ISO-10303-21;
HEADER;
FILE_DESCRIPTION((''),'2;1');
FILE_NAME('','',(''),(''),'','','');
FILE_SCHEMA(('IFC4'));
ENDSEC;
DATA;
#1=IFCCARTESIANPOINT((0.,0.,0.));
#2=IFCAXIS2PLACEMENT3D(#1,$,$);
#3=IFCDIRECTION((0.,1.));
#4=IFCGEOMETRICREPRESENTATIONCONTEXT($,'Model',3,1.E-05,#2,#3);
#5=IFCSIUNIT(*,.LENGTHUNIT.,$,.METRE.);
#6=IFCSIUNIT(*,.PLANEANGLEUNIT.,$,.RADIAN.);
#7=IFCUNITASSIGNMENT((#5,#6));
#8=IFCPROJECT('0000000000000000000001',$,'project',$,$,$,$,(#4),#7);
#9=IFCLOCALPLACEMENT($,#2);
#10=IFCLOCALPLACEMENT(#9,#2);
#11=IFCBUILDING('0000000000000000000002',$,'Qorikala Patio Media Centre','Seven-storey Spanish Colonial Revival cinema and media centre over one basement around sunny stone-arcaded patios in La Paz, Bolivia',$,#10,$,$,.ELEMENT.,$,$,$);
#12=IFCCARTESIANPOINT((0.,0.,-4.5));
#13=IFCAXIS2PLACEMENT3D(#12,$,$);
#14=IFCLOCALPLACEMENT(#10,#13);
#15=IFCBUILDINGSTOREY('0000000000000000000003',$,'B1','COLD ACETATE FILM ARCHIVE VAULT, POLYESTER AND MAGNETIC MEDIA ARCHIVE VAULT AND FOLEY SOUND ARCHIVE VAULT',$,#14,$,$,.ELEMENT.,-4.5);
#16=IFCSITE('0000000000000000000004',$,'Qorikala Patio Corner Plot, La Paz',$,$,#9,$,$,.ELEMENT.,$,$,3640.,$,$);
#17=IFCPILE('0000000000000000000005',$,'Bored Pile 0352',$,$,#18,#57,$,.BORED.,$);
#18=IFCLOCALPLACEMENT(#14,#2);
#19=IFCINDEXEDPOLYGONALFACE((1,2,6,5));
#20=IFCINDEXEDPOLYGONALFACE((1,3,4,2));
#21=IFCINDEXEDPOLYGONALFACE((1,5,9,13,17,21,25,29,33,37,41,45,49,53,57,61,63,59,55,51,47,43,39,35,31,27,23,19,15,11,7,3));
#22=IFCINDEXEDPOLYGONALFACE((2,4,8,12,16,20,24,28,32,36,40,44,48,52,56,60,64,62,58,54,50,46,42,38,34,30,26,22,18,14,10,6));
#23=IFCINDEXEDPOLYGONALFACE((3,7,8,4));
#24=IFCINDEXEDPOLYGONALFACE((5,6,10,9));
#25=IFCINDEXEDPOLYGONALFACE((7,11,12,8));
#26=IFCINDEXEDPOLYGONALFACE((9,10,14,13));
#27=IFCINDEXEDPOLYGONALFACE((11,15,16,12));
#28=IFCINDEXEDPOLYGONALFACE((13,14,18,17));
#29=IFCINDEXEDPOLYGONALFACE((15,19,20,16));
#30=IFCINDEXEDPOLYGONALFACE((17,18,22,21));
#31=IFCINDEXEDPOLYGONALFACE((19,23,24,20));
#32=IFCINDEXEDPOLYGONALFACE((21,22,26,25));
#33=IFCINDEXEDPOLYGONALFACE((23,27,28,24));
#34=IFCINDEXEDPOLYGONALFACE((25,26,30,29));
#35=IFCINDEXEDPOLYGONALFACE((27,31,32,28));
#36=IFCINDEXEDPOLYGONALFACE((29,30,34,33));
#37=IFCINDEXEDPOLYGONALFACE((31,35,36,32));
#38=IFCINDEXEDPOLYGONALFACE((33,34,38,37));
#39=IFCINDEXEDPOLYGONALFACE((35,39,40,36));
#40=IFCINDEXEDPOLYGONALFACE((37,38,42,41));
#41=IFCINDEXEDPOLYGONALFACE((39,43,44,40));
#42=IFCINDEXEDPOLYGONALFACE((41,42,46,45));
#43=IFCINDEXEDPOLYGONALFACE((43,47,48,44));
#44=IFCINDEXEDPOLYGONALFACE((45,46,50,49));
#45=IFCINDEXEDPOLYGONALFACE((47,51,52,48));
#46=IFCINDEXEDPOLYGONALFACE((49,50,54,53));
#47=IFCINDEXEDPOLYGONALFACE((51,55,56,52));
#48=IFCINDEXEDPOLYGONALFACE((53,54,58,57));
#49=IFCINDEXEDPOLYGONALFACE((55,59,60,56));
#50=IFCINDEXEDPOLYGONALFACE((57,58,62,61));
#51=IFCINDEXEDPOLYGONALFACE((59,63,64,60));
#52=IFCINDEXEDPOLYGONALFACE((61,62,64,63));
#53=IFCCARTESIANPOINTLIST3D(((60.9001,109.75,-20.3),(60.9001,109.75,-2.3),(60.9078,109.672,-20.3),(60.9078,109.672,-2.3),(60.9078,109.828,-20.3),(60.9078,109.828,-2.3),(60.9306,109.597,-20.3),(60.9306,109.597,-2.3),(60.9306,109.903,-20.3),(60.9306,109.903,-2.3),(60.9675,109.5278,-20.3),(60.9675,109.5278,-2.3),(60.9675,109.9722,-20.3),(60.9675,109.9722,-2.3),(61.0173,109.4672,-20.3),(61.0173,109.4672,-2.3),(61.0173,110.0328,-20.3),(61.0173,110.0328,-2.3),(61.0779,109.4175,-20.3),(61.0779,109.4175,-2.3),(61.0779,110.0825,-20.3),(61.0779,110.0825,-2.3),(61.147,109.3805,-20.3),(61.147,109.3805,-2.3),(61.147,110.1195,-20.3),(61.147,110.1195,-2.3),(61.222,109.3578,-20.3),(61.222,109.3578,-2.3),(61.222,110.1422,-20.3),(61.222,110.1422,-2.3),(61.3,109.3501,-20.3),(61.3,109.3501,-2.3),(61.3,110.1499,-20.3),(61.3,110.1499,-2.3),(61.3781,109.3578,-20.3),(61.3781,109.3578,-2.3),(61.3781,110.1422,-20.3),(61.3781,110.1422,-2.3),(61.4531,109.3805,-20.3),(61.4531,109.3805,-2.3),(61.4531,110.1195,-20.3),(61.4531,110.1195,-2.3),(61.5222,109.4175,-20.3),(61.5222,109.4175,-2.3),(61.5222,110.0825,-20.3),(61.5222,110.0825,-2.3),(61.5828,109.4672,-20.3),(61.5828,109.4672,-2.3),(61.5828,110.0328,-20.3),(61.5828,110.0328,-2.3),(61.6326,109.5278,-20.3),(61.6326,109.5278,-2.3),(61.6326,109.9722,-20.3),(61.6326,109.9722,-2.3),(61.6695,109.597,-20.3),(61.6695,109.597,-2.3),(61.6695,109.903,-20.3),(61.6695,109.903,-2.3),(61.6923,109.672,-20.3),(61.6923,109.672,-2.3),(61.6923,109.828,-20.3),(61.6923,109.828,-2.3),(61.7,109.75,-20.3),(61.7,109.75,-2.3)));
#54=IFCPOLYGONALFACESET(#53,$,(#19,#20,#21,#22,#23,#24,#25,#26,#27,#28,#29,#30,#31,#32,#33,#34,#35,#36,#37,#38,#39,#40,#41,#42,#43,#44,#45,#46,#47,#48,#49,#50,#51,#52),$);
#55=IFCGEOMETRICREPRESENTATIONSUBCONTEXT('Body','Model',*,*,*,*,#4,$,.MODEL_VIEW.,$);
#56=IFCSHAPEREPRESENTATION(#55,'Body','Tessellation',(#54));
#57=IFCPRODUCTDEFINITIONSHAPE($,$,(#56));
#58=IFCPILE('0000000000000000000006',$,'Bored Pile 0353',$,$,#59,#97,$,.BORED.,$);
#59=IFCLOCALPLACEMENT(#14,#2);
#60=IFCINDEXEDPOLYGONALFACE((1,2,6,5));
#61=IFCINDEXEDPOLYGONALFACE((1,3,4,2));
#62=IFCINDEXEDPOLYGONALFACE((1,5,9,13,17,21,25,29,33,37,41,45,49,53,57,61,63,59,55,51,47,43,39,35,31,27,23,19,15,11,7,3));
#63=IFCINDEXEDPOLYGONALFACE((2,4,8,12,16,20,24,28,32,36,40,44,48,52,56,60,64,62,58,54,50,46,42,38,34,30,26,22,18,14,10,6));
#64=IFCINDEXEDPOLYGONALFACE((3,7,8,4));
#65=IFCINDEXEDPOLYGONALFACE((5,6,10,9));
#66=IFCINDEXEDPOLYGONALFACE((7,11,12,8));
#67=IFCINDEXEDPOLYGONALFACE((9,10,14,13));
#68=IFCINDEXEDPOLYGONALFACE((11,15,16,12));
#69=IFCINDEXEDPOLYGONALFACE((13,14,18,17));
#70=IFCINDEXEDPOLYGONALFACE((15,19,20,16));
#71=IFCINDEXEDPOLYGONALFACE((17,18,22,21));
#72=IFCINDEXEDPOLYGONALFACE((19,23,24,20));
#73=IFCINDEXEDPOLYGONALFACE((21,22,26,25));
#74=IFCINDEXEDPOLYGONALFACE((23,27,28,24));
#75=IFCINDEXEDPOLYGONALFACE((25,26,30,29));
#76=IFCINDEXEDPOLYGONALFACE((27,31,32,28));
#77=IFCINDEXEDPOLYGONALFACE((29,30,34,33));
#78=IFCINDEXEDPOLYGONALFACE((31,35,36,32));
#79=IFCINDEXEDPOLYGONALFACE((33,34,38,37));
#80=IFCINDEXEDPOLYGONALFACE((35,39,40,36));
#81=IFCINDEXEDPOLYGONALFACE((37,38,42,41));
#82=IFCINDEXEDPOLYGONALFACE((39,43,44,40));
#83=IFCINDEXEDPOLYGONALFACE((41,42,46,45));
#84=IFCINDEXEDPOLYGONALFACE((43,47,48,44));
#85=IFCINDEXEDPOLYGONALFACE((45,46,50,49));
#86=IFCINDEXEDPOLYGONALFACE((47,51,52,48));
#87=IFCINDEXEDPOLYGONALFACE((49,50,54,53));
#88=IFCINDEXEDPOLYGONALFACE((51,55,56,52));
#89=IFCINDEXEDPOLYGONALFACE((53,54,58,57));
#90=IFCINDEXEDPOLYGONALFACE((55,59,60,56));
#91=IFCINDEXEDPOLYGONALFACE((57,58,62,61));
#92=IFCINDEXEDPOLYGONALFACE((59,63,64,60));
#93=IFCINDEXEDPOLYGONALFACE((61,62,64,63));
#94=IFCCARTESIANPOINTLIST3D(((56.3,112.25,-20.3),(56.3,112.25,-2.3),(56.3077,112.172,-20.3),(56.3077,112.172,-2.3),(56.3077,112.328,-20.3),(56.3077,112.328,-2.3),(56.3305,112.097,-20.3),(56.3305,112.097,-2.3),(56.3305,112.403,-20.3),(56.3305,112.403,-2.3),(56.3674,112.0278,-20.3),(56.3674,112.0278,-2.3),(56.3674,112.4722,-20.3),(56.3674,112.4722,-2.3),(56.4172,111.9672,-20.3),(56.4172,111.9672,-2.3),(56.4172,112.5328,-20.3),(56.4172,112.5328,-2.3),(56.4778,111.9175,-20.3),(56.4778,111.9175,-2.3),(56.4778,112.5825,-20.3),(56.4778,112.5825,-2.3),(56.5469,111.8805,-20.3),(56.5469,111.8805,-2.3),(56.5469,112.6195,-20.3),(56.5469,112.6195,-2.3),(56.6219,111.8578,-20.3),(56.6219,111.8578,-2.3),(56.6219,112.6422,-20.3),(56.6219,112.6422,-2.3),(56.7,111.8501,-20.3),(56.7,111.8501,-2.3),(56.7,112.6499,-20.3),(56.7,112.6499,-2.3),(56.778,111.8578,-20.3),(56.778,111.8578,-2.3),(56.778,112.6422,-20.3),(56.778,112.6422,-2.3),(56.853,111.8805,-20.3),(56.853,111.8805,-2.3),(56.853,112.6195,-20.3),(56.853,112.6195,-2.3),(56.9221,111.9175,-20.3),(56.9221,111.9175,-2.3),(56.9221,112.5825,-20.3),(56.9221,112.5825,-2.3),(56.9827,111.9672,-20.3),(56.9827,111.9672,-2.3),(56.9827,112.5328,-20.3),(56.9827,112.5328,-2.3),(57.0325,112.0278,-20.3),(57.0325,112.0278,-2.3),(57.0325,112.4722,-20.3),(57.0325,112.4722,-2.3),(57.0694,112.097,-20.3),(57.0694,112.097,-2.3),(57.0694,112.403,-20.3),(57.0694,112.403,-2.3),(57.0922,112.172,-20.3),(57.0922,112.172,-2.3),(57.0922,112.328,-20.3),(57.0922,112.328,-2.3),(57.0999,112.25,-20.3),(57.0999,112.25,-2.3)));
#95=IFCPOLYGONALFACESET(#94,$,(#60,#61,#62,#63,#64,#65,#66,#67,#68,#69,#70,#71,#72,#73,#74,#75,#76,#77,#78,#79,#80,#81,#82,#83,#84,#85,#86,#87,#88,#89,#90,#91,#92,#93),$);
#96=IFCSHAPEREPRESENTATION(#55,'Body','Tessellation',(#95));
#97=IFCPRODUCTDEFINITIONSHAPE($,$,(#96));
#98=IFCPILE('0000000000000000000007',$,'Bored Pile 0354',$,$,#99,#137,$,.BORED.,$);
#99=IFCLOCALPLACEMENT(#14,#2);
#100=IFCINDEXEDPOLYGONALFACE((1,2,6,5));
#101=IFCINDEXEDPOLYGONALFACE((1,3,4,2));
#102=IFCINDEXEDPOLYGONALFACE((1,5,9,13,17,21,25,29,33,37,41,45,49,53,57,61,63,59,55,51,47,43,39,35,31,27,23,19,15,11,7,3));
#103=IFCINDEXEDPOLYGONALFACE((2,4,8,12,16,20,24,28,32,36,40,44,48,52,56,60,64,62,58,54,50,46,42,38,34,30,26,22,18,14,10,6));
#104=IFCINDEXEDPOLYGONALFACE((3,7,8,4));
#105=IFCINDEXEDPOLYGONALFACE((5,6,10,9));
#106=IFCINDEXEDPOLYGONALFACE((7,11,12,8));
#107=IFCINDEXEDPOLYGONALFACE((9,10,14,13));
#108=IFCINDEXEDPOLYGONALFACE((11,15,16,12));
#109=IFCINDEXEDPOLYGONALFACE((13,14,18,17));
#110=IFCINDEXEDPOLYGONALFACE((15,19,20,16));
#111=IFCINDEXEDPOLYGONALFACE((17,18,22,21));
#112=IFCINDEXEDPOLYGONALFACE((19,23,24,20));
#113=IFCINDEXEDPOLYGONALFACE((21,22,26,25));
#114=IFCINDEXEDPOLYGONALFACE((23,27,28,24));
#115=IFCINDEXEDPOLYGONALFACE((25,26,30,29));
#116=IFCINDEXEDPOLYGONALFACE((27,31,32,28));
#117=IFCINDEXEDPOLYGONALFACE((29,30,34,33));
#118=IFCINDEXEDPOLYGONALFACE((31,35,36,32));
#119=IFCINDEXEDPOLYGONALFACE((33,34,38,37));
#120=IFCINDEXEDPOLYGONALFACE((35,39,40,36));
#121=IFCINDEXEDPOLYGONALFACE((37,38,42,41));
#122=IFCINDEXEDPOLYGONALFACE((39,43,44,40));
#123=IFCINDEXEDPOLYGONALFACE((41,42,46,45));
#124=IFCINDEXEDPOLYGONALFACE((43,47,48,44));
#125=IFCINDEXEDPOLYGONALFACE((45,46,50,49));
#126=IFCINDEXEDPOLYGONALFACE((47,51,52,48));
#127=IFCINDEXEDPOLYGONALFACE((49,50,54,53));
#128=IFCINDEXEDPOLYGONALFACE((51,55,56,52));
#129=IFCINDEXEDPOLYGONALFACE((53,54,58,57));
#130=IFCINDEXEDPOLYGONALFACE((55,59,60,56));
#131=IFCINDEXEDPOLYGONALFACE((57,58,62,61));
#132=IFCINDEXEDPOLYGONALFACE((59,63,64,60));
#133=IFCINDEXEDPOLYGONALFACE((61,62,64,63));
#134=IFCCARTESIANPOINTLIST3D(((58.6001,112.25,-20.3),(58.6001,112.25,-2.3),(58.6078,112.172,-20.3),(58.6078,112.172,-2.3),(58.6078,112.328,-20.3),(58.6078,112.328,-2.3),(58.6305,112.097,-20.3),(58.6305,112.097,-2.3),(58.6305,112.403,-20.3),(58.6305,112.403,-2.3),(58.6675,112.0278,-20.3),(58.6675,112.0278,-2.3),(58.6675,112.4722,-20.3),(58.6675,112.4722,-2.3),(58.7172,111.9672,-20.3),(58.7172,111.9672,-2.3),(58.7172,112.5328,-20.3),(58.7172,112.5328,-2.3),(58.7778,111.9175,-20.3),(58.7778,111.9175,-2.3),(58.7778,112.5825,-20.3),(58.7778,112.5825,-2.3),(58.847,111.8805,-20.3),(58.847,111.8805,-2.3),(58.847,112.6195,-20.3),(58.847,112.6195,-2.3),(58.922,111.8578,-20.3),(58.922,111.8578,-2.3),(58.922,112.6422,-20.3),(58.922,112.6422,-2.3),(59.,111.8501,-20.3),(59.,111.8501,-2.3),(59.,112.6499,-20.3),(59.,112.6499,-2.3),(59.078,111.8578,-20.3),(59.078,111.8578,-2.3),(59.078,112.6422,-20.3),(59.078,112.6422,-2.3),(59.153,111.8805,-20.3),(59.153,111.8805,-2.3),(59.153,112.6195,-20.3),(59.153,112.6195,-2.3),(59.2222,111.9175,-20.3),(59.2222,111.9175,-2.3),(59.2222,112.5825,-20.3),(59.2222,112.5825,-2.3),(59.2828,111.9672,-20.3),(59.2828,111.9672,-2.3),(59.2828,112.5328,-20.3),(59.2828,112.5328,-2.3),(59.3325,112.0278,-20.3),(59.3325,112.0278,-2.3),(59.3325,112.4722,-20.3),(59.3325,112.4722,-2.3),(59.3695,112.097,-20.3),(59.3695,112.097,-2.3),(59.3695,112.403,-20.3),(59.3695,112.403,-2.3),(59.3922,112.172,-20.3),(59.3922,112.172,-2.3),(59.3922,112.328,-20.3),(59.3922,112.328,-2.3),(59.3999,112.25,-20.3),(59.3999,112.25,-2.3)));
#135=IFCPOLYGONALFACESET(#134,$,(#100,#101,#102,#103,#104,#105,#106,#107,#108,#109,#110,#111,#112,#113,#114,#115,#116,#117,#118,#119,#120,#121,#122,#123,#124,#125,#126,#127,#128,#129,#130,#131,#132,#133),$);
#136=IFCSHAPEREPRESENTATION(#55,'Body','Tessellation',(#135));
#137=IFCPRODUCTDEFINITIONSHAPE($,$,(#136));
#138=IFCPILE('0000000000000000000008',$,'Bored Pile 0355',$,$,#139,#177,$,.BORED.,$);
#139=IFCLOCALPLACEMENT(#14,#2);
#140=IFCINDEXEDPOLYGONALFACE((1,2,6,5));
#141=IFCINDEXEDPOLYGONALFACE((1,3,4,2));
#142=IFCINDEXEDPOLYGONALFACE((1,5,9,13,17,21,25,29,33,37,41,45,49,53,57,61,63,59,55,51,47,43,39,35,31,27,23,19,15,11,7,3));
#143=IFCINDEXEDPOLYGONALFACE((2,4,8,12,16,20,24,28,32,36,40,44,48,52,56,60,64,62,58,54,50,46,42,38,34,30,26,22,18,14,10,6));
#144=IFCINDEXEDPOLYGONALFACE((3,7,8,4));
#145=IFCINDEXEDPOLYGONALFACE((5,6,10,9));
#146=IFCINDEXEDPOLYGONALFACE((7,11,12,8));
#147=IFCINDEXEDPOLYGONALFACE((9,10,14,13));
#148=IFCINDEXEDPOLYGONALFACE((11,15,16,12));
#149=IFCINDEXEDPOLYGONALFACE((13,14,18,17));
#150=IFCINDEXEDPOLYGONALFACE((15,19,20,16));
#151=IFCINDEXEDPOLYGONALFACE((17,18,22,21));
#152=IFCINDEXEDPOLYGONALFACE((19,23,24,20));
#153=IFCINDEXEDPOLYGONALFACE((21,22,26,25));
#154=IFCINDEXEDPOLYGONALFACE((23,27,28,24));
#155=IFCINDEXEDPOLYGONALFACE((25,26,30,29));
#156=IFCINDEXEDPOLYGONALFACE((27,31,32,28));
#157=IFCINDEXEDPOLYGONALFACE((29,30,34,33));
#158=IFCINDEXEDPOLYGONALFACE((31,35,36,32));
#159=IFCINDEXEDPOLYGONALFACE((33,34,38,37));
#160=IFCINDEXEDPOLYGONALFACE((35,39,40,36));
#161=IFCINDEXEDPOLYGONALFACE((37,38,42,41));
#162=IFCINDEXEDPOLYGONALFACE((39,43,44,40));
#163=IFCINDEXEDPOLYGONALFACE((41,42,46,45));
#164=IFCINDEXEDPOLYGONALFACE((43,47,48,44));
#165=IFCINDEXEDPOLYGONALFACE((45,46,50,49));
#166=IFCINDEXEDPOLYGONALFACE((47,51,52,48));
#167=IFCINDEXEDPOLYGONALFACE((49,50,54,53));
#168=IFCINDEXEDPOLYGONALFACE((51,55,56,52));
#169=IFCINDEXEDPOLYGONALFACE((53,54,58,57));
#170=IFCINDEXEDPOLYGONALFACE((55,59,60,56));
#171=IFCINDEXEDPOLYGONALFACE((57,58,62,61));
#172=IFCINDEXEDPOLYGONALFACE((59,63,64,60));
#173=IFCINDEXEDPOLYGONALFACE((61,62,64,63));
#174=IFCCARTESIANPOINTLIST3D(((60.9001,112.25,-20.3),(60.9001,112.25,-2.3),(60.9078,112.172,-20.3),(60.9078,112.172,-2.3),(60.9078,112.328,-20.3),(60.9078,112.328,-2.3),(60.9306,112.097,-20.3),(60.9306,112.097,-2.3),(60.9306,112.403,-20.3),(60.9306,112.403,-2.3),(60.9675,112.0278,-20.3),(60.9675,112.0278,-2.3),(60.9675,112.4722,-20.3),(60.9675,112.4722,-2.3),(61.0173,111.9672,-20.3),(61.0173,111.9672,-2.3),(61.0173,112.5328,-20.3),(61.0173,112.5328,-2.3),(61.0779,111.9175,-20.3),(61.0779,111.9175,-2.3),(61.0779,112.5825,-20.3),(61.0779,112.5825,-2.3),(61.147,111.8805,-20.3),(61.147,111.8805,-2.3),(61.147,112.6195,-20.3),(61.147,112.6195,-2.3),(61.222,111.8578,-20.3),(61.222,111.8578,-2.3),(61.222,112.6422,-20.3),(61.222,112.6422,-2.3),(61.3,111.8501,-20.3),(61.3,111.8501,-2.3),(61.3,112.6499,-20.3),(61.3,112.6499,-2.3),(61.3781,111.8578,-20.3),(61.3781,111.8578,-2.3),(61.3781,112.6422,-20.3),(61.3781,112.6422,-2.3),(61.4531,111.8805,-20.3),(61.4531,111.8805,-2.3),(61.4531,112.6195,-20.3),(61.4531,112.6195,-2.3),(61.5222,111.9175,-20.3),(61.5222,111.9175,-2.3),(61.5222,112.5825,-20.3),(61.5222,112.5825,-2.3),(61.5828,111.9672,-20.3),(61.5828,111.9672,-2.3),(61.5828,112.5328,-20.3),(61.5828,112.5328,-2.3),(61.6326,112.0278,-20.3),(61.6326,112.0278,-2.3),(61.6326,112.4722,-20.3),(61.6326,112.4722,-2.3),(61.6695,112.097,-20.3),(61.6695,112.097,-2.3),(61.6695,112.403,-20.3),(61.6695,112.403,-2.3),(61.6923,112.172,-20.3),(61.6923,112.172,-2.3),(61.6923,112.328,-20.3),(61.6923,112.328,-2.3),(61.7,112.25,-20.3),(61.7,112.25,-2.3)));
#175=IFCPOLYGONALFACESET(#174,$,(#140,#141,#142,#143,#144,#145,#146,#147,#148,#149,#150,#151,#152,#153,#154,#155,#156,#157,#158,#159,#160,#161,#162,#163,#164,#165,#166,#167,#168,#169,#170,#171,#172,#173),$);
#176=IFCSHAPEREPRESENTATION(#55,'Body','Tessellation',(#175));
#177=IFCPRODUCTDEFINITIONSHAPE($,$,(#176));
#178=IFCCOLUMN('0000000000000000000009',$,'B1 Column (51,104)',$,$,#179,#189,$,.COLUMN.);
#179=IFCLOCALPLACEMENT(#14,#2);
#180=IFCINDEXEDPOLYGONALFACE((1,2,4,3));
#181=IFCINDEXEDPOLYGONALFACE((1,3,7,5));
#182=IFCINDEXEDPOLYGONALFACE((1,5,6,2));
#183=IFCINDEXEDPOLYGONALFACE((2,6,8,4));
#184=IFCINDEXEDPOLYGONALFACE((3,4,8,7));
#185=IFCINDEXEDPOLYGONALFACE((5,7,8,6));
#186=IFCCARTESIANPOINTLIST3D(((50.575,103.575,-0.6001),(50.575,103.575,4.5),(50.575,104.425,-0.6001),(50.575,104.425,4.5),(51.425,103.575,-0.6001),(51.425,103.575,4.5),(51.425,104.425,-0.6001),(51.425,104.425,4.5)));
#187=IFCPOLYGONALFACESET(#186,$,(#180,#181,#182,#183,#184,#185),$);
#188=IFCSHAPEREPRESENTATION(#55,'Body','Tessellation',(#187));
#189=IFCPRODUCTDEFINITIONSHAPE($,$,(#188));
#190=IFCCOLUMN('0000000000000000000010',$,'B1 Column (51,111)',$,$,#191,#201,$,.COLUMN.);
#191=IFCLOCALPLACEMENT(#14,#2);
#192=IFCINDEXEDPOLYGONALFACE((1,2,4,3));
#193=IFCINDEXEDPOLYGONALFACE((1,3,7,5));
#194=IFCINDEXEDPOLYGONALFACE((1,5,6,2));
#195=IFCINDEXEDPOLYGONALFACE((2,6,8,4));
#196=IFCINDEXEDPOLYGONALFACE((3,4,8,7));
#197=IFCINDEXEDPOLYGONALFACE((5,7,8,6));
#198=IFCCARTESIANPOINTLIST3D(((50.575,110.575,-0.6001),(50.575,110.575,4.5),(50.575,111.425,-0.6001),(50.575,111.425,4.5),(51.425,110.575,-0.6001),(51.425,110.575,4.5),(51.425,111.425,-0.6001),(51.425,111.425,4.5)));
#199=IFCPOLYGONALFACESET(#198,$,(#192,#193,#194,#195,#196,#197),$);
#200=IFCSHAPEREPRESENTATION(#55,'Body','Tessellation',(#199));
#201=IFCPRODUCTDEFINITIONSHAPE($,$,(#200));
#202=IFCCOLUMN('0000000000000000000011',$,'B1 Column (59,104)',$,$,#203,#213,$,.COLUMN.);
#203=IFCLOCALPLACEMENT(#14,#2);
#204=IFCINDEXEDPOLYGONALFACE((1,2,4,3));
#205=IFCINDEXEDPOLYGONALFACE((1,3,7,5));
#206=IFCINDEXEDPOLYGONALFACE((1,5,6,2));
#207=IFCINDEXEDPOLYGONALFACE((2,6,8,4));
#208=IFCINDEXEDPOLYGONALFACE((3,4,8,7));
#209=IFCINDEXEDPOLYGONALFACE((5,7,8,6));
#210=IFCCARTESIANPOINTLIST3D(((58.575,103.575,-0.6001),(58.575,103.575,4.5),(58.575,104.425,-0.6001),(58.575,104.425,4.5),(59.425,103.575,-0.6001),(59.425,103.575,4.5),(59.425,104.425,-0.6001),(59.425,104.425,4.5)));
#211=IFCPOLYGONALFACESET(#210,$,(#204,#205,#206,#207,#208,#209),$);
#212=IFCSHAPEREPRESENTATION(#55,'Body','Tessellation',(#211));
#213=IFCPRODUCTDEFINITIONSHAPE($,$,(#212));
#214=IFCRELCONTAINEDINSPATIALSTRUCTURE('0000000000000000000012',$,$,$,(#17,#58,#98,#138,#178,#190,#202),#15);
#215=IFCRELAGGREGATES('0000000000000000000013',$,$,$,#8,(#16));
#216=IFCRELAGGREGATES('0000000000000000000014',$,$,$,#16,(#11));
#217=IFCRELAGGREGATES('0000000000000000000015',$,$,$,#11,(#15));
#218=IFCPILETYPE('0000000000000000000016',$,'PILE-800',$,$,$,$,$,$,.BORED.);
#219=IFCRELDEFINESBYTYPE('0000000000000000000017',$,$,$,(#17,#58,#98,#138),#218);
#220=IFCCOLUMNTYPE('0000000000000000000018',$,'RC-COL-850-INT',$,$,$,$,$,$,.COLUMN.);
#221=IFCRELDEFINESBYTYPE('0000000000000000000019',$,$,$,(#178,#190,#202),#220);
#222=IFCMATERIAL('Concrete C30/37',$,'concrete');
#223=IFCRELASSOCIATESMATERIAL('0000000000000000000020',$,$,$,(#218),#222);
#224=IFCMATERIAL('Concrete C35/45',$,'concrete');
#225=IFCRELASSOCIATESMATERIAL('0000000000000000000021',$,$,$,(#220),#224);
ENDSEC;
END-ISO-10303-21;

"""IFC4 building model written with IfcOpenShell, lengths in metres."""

from ifc_helpers import new_model, si_unit, direction, frame, origin, origin_2d, place, context, subcontext, project, spatial, rectangle, circle, extrude, material, material_profile, profile_set, type_object, element, save


model = new_model("IFC4")

# Units and contexts
model_context = context("Model", 3, precision=1e-05, world=origin(), true_north=direction((0.0, 1.0)))
body_context = subcontext(model_context, "Body", "Model", "MODEL_VIEW")
ifc_project = project(units=[si_unit("LENGTHUNIT", "METRE"), si_unit("PLANEANGLEUNIT", "RADIAN")], contexts=[model_context])

# Site, building, storey
site_placement = place(None, origin())
site = spatial("IfcSite", under=ifc_project, at=site_placement, Name="Qorikala Patio Corner Plot, La Paz", CompositionType="ELEMENT", RefElevation=3640.0)
building_placement = place(site_placement, origin())
building = spatial("IfcBuilding", under=site, at=building_placement, Name="Qorikala Patio Media Centre", Description="Seven-storey Spanish Colonial Revival cinema and media centre over one basement around sunny stone-arcaded patios in La Paz, Bolivia", CompositionType="ELEMENT")
storey_placement = place(building_placement, frame((0.0, 0.0, -4.5)))
storey = spatial("IfcBuildingStorey", under=building, at=storey_placement, Name="B1", Description="COLD ACETATE FILM ARCHIVE VAULT, POLYESTER AND MAGNETIC MEDIA ARCHIVE VAULT AND FOLEY SOUND ARCHIVE VAULT", CompositionType="ELEMENT", Elevation=-4.5)

# Shared definitions
ifc_material_1 = material(Name="Concrete C30/37", Category="concrete")

# Piles
ifc_material_profile_1 = material_profile(ifc_material_1, circle(Radius=0.3999, at=origin_2d()), Name="BORED PILE 800")
ifc_profile_set_1 = profile_set([ifc_material_profile_1], Name="Concrete C30/37")
pile_type_1 = type_object("IfcPileType", Name="PILE-800", PredefinedType="BORED", material=ifc_profile_set_1)
for number, where, z_axis, x_axis, name in (
    (1, (61.3, 109.75, -2.3), (0.0, 0.0, -1.0), (1.0, 0.0, 0.0), "Bored Pile 0352"),
    (2, (56.7, 112.25, -2.3), (0.0, 0.0, -1.0), (1.0, 0.0, 0.0), "Bored Pile 0353"),
    (3, (59.0, 112.25, -2.3), (0.0, 0.0, -1.0), (1.0, 0.0, 0.0), "Bored Pile 0354"),
    (4, (61.3, 112.25, -2.3), (0.0, 0.0, -1.0), (1.0, 0.0, 0.0), "Bored Pile 0355"),
):
    element("IfcPile", number, at=place(storey_placement, frame(where, z_axis=z_axis, x_axis=x_axis)), inside=storey, type_object=pile_type_1, Name=name, PredefinedType="BORED", context=body_context, shape_type="SweptSolid", body=[
        extrude(circle(Radius=0.3999, at=origin_2d()), origin(), (0.0, 0.0, 1.0), 18.0),
    ])

# Columns
ifc_material_2 = material(Name="Concrete C35/45", Category="concrete")
ifc_material_profile_2 = material_profile(ifc_material_2, rectangle(XDim=0.8501, YDim=0.8501, at=origin_2d()), Name="RC 850x850")
ifc_profile_set_2 = profile_set([ifc_material_profile_2], Name="Concrete C35/45")
column_type = type_object("IfcColumnType", Name="RC-COL-850-INT", PredefinedType="COLUMN", material=ifc_profile_set_2)
for number, where, z_axis, x_axis, name in (
    (5, (51.0, 104.0, -0.6001), (0.0, 0.0, 1.0), (1.0, 0.0, 0.0), "B1 Column (51,104)"),
    (6, (51.0, 111.0, -0.6001), (0.0, 0.0, 1.0), (1.0, 0.0, 0.0), "B1 Column (51,111)"),
    (7, (59.0, 104.0, -0.6001), (0.0, 0.0, 1.0), (1.0, 0.0, 0.0), "B1 Column (59,104)"),
):
    element("IfcColumn", number, at=place(storey_placement, frame(where, z_axis=z_axis, x_axis=x_axis)), inside=storey, type_object=column_type, Name=name, PredefinedType="COLUMN", context=body_context, shape_type="SweptSolid", body=[
        extrude(rectangle(XDim=0.8501, YDim=0.8501, at=origin_2d()), origin(), (0.0, 0.0, 1.0), 5.1001),
    ])

save(model, "model.ifc")
